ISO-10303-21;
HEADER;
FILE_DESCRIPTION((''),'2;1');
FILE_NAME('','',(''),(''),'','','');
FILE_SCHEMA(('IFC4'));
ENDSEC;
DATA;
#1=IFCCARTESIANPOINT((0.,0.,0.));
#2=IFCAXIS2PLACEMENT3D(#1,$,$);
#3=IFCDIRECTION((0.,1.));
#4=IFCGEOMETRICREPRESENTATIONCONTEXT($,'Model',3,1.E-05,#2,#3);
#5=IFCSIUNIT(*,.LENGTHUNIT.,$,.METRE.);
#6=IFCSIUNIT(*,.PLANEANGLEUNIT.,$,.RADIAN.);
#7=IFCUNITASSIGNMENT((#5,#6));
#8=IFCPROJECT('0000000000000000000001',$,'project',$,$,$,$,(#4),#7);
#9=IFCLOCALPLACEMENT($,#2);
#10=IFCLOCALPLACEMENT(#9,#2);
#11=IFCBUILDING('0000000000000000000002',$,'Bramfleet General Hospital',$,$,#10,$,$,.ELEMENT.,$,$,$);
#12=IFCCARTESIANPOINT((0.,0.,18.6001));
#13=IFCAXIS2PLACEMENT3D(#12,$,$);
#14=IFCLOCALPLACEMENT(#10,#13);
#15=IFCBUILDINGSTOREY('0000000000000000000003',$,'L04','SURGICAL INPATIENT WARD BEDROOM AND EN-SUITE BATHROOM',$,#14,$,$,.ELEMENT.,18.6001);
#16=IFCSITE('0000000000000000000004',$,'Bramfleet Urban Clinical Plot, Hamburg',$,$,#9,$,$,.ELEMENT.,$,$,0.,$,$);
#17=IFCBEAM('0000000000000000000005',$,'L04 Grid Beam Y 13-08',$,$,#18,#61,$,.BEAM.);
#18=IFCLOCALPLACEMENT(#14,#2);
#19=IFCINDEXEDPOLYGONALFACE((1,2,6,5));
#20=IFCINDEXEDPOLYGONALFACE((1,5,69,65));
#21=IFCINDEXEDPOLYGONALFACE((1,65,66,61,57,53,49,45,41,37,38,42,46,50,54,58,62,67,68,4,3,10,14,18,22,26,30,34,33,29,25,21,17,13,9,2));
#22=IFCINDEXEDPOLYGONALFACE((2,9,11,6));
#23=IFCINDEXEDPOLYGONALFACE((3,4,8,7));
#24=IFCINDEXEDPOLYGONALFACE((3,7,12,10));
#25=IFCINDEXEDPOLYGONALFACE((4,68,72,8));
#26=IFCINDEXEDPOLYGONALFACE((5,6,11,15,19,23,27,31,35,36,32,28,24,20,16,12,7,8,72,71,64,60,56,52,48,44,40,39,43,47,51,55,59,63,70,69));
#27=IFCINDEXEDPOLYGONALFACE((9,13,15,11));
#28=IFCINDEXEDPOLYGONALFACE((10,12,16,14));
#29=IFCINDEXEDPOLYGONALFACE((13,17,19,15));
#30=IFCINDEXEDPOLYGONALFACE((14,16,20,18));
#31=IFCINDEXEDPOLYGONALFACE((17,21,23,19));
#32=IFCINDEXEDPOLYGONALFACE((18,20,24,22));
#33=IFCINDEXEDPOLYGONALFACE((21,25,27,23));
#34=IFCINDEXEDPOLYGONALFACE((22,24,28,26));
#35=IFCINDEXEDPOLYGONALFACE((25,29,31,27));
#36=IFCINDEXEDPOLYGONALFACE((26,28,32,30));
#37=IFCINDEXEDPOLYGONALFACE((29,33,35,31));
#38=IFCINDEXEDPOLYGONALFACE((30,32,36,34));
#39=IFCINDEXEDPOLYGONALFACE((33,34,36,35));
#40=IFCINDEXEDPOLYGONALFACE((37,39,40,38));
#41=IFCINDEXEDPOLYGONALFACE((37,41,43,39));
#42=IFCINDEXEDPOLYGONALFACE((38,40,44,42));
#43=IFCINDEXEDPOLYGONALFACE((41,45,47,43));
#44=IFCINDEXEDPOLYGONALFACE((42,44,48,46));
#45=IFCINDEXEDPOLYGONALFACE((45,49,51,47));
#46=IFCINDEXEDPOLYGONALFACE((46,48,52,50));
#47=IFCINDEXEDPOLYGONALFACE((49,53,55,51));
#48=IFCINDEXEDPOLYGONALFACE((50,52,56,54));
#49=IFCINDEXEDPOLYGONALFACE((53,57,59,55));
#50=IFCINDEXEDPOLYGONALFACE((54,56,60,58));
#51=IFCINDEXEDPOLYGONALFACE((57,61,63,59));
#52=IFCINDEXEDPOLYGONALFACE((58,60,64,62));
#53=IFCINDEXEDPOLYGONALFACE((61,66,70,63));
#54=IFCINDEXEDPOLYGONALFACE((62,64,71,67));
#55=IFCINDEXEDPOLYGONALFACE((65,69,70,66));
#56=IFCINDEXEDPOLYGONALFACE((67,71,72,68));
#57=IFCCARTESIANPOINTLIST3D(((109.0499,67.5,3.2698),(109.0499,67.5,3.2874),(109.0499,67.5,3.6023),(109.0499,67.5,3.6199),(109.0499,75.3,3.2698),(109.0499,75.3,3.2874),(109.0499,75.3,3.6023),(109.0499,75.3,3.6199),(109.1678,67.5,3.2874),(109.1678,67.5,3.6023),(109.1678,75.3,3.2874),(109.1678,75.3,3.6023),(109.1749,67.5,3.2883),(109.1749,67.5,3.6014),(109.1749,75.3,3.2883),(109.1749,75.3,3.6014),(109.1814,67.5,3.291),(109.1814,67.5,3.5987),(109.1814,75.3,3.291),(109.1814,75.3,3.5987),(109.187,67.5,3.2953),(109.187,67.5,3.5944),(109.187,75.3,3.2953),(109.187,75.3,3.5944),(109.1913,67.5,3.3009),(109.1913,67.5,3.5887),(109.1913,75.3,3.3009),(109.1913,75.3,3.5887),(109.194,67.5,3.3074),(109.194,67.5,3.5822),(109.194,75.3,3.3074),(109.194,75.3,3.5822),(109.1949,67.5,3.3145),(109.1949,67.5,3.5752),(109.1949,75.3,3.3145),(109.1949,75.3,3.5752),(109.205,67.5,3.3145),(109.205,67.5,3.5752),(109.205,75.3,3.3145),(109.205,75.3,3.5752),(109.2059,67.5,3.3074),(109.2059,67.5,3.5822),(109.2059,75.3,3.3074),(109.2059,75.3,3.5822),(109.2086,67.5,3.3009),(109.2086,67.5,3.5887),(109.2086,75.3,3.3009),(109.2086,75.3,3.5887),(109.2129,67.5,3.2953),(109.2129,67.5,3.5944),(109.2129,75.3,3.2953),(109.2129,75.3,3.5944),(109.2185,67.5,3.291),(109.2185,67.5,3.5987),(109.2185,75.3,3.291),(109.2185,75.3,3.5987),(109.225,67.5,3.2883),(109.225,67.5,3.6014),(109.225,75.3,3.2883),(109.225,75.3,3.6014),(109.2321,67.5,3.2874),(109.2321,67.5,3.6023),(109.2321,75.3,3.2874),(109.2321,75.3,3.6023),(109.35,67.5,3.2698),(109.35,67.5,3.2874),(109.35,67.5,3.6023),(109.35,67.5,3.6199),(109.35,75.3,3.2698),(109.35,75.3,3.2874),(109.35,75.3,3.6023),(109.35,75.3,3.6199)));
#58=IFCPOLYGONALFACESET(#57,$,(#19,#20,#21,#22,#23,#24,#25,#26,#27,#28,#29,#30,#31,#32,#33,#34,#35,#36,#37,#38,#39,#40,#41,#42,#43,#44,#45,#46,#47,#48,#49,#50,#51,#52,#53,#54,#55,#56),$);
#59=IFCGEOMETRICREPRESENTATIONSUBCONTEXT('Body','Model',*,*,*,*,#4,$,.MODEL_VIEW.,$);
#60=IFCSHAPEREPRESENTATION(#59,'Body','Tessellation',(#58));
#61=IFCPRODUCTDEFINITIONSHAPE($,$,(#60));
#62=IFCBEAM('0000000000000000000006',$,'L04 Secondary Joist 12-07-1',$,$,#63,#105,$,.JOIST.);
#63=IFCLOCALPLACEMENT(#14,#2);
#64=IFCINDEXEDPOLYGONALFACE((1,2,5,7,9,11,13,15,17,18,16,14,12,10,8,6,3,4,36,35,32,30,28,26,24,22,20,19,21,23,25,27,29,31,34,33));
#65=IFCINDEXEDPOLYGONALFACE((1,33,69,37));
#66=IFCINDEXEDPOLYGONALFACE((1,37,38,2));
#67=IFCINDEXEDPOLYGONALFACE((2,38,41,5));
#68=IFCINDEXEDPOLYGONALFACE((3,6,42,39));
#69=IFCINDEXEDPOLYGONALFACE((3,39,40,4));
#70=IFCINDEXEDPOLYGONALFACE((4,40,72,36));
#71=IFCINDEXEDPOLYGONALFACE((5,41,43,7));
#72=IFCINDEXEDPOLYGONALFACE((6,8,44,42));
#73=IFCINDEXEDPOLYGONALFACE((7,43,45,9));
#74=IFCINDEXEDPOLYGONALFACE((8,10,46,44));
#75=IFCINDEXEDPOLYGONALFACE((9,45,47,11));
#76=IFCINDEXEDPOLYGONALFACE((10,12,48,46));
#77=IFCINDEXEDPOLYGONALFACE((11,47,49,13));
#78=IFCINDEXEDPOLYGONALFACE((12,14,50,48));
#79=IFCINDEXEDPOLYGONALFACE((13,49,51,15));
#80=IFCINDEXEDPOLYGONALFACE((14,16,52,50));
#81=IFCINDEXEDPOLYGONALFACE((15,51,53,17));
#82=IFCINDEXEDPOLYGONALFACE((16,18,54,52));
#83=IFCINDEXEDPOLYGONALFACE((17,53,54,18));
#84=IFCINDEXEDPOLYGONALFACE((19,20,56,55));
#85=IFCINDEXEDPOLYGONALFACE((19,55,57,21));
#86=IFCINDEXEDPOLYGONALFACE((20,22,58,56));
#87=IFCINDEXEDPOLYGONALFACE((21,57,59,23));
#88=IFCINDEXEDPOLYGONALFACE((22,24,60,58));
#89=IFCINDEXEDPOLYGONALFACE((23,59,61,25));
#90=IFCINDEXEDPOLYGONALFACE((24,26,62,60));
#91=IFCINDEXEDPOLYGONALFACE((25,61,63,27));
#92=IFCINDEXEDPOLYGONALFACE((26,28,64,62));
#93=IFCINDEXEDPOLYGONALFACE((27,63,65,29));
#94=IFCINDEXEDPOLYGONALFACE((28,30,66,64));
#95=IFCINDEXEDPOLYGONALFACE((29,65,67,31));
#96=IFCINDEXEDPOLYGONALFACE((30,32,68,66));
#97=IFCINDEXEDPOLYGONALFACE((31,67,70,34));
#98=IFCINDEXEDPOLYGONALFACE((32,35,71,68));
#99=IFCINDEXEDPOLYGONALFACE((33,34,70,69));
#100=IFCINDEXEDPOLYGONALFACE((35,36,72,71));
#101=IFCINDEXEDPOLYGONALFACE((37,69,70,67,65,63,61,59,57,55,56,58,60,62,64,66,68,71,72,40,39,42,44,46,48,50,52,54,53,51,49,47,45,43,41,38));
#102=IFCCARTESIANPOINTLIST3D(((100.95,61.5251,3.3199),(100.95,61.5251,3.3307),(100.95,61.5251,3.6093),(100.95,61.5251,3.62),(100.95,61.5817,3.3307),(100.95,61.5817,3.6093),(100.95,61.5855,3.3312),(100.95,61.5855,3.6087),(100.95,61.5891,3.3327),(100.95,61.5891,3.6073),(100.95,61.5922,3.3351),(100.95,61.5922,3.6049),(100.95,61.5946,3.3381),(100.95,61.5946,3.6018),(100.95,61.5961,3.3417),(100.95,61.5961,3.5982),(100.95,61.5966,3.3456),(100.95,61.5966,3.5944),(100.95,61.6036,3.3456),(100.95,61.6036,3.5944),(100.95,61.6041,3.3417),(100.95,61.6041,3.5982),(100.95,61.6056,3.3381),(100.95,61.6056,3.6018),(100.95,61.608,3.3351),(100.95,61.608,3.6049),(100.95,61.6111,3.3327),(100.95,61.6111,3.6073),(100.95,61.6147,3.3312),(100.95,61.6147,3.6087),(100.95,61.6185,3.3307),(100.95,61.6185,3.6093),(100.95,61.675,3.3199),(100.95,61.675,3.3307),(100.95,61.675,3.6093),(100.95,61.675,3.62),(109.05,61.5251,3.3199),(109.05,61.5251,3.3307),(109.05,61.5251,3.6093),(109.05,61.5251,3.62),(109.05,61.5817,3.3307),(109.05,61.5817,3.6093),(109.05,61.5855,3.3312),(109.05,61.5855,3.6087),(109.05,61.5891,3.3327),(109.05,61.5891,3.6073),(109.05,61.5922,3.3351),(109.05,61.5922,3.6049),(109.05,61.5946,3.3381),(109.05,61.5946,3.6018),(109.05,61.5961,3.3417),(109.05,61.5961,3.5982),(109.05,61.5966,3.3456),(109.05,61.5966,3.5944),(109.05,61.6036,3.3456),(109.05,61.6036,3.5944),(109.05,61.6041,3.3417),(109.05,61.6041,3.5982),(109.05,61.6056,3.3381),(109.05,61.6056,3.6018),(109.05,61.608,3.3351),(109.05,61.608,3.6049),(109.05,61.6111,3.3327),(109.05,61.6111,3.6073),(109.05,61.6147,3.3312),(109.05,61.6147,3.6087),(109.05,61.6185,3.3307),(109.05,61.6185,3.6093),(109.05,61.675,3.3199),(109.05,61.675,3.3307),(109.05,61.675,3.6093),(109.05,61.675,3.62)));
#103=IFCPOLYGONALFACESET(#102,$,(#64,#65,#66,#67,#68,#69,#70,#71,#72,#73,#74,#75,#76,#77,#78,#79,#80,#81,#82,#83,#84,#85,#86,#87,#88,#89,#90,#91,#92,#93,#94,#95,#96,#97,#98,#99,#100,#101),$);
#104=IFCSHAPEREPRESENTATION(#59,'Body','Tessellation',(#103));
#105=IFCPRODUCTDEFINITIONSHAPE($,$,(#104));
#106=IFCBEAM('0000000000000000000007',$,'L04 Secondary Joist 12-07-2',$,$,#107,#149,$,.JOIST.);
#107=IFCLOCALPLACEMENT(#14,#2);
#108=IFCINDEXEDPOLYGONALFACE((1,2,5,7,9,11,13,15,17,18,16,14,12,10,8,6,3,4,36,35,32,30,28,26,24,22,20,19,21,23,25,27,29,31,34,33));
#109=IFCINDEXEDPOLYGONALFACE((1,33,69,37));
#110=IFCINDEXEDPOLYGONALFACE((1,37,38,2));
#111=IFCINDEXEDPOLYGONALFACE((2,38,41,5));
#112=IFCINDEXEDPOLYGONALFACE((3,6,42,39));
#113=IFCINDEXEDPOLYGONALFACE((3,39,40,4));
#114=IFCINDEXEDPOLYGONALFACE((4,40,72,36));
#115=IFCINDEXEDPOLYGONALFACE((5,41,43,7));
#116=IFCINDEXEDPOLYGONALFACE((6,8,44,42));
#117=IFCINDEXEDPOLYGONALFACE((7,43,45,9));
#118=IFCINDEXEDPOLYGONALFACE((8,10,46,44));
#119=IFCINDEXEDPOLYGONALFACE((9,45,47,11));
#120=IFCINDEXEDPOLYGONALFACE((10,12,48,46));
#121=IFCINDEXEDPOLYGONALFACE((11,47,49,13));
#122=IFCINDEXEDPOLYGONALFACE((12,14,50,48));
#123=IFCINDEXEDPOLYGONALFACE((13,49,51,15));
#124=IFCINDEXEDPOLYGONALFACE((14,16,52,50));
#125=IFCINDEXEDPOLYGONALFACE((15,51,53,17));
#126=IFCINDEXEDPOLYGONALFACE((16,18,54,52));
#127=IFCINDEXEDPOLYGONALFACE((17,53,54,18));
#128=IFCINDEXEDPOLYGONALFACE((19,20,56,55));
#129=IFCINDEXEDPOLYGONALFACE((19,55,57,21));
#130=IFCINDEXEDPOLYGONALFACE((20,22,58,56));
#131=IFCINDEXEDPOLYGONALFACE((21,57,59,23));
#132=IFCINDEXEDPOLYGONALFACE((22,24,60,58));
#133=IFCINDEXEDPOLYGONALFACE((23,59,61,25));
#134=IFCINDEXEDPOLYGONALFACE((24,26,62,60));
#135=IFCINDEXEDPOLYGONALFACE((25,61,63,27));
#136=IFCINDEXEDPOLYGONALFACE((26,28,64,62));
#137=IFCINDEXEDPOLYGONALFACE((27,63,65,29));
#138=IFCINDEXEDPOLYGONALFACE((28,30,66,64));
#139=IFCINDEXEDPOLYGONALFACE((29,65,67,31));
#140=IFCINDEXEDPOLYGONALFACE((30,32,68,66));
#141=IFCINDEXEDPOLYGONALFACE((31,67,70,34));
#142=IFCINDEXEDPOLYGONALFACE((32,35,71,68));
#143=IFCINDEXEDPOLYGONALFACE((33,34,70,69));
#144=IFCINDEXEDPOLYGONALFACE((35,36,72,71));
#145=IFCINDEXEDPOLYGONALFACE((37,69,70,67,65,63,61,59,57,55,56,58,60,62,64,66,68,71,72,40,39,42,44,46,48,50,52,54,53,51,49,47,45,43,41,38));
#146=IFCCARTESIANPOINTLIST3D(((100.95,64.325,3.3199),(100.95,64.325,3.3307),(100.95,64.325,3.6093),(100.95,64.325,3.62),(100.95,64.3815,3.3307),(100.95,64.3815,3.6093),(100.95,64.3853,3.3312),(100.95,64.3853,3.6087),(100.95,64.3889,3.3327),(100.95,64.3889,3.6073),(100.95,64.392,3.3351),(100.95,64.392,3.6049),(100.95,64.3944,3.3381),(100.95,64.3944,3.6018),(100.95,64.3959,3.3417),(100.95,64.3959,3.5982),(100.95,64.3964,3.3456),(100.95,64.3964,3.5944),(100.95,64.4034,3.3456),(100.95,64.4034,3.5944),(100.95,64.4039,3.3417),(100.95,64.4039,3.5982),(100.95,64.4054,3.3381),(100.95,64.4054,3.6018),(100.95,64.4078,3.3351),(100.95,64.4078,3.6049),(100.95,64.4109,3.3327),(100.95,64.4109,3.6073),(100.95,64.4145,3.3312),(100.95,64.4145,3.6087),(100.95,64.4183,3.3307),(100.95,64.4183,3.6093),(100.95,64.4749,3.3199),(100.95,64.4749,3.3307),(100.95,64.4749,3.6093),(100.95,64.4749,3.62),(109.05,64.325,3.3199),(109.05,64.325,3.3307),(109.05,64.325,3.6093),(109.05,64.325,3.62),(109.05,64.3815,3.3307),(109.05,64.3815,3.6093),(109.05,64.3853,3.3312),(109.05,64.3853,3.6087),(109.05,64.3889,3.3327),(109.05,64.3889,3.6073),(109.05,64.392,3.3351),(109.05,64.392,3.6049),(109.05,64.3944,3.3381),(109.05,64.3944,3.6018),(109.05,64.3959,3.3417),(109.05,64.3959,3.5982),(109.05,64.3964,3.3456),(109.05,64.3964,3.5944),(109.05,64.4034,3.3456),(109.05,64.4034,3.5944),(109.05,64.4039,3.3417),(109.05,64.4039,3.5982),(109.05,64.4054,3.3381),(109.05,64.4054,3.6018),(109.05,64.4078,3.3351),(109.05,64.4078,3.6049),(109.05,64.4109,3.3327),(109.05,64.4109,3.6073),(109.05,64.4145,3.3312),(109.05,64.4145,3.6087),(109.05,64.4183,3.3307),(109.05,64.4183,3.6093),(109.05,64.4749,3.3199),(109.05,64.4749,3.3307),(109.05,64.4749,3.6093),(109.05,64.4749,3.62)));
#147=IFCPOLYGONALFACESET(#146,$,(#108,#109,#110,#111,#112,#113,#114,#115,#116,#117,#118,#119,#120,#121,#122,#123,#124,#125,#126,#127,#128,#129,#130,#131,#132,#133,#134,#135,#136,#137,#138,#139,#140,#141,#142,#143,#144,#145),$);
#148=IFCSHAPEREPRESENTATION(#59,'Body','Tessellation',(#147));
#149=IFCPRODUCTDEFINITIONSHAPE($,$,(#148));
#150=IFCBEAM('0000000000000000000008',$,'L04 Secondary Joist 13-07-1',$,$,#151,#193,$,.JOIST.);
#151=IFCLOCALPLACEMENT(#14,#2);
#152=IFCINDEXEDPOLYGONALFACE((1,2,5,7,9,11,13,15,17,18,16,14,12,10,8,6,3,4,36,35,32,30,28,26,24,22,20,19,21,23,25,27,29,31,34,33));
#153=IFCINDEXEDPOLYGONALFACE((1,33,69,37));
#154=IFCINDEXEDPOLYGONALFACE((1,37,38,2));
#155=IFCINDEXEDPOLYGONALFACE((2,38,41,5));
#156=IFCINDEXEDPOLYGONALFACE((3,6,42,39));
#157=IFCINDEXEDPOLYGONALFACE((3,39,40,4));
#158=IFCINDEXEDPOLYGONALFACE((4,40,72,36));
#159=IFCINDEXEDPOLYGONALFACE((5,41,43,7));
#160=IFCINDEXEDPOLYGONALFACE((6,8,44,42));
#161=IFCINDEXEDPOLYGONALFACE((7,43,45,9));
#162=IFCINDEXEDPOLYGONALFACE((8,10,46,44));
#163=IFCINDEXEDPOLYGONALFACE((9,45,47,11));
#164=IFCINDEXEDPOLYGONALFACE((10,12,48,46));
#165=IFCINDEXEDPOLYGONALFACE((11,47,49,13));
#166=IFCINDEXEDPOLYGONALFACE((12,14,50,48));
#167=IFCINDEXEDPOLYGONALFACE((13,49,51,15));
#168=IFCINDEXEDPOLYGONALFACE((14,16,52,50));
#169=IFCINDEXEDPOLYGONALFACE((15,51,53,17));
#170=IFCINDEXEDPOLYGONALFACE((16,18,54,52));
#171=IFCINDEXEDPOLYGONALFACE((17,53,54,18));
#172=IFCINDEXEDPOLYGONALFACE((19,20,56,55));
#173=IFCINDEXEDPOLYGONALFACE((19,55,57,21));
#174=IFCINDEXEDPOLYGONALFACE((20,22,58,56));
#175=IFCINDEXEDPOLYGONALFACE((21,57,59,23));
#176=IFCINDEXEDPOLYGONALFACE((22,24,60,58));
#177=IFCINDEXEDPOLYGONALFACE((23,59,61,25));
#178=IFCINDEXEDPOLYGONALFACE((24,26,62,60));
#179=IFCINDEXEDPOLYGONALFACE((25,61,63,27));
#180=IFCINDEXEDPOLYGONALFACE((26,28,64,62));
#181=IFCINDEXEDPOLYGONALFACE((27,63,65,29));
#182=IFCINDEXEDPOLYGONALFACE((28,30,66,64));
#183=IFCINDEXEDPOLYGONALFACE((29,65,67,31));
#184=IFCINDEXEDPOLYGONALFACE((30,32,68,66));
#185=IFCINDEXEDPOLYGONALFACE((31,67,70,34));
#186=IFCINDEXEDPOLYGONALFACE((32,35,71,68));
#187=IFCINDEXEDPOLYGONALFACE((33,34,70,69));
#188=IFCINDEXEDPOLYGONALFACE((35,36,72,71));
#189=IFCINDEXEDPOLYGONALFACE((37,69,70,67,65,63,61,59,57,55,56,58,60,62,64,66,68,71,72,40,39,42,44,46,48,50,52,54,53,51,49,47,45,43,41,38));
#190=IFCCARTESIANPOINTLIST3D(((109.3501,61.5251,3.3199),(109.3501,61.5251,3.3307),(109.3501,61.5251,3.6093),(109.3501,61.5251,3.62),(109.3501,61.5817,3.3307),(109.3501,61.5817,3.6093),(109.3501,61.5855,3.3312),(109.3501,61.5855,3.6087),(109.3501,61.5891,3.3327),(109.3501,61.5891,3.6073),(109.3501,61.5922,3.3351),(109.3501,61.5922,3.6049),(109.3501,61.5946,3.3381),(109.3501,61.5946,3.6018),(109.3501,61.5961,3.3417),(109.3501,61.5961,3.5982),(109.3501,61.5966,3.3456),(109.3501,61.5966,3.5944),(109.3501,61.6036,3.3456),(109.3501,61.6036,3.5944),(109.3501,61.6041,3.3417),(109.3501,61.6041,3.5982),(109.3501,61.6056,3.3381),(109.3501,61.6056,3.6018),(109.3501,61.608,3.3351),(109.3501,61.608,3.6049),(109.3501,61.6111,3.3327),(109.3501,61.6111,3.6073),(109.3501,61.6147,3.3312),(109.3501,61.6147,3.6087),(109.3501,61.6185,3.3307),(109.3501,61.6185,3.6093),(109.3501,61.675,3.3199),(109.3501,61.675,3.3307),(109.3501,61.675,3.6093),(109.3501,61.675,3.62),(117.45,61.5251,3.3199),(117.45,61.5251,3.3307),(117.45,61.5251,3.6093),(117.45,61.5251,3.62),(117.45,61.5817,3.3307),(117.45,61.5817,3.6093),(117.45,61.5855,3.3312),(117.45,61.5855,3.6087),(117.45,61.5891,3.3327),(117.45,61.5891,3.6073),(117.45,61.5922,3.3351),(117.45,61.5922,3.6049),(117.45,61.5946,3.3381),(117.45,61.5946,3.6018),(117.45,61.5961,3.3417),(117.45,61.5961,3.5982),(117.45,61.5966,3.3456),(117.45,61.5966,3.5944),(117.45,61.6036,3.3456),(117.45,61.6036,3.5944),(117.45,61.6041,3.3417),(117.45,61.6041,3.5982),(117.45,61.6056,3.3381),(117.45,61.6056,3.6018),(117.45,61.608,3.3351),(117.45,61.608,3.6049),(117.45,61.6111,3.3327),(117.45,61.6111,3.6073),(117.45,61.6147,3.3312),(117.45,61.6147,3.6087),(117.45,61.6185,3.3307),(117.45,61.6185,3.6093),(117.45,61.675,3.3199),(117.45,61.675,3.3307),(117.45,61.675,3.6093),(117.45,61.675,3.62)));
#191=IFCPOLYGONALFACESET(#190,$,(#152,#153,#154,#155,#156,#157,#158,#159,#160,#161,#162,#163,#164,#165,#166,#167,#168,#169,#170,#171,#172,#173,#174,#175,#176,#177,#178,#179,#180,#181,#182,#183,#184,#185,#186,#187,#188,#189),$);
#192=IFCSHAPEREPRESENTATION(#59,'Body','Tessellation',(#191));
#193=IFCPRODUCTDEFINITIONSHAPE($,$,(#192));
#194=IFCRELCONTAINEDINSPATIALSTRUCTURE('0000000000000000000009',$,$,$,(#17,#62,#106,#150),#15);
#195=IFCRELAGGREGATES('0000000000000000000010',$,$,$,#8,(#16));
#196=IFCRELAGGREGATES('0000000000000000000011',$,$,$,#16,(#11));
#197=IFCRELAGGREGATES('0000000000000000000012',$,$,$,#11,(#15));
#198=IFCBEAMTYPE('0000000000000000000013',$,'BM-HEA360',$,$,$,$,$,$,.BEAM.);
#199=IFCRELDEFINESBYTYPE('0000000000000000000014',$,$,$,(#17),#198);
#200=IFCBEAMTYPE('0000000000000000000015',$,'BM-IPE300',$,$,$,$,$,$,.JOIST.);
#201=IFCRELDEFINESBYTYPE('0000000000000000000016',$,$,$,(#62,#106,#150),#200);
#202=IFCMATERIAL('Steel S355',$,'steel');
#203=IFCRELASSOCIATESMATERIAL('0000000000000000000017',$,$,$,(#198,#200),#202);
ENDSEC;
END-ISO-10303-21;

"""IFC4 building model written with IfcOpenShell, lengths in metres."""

from ifc_helpers import new_model, si_unit, direction, frame, origin, origin_2d, place, context, subcontext, project, spatial, i_section, extrude, material, material_profile, profile_set, type_object, element, save


model = new_model("IFC4")

# Units and contexts
model_context = context("Model", 3, precision=1e-05, world=origin(), true_north=direction((0.0, 1.0)))
body_context = subcontext(model_context, "Body", "Model", "MODEL_VIEW")
ifc_project = project(units=[si_unit("LENGTHUNIT", "METRE"), si_unit("PLANEANGLEUNIT", "RADIAN")], contexts=[model_context])

# Site, building, storey
site_placement = place(None, origin())
site = spatial("IfcSite", under=ifc_project, at=site_placement, Name="Bramfleet Urban Clinical Plot, Hamburg", CompositionType="ELEMENT", RefElevation=0.0)
building_placement = place(site_placement, origin())
building = spatial("IfcBuilding", under=site, at=building_placement, Name="Bramfleet General Hospital", CompositionType="ELEMENT")
storey_placement = place(building_placement, frame((0.0, 0.0, 18.6001)))
storey = spatial("IfcBuildingStorey", under=building, at=storey_placement, Name="L04", Description="SURGICAL INPATIENT WARD BEDROOM AND EN-SUITE BATHROOM", CompositionType="ELEMENT", Elevation=18.6001)

# Beams
ifc_material_1 = material(Name="Steel S355", Category="steel")
ifc_material_profile_1 = material_profile(ifc_material_1, i_section(OverallWidth=0.3, OverallDepth=0.3501, WebThickness=0.01, FlangeThickness=0.0176, FilletRadius=0.0271, at=origin_2d()), Name="HEA 360")
ifc_profile_set_1 = profile_set([ifc_material_profile_1], Name="Steel S355")
beam_type_1 = type_object("IfcBeamType", Name="BM-HEA360", PredefinedType="BEAM", material=ifc_profile_set_1)
beam_1_placement = place(storey_placement, frame((109.2, 67.5, 3.4448), z_axis=(0.0, 1.0, 0.0), x_axis=(-1.0, 0.0, 0.0)))
element("IfcBeam", 1, at=beam_1_placement, inside=storey, type_object=beam_type_1, Name="L04 Grid Beam Y 13-08", PredefinedType="BEAM", context=body_context, shape_type="SweptSolid", body=[
    extrude(i_section(OverallWidth=0.3, OverallDepth=0.3501, WebThickness=0.01, FlangeThickness=0.0176, FilletRadius=0.0271, at=origin_2d()), origin(), (0.0, 0.0, 1.0), 7.8),
])
ifc_material_profile_2 = material_profile(ifc_material_1, i_section(OverallWidth=0.1499, OverallDepth=0.3, WebThickness=0.0071, FlangeThickness=0.0107, FilletRadius=0.0149, at=origin_2d()), Name="IPE 300")
ifc_profile_set_2 = profile_set([ifc_material_profile_2], Name="Steel S355")
beam_type_2 = type_object("IfcBeamType", Name="BM-IPE300", PredefinedType="JOIST", material=ifc_profile_set_2)
for number, where, z_axis, x_axis, name in (
    (2, (100.95, 61.6001, 3.47), (1.0, 0.0, 0.0), (0.0, 1.0, 0.0), "L04 Secondary Joist 12-07-1"),
    (3, (100.95, 64.3999, 3.47), (1.0, 0.0, 0.0), (0.0, 1.0, 0.0), "L04 Secondary Joist 12-07-2"),
):
    element("IfcBeam", number, at=place(storey_placement, frame(where, z_axis=z_axis, x_axis=x_axis)), inside=storey, type_object=beam_type_2, Name=name, PredefinedType="JOIST", context=body_context, shape_type="SweptSolid", body=[
        extrude(i_section(OverallWidth=0.1499, OverallDepth=0.3, WebThickness=0.0071, FlangeThickness=0.0107, FilletRadius=0.0149, at=origin_2d()), origin(), (0.0, 0.0, 1.0), 8.1001),
    ])
for number, where, z_axis, x_axis, name in (
    (4, (109.3501, 61.6001, 3.47), (1.0, 0.0, 0.0), (0.0, 1.0, 0.0), "L04 Secondary Joist 13-07-1"),
):
    element("IfcBeam", number, at=place(storey_placement, frame(where, z_axis=z_axis, x_axis=x_axis)), inside=storey, type_object=beam_type_2, Name=name, PredefinedType="JOIST", context=body_context, shape_type="SweptSolid", body=[
        extrude(i_section(OverallWidth=0.1499, OverallDepth=0.3, WebThickness=0.0071, FlangeThickness=0.0107, FilletRadius=0.0149, at=origin_2d()), origin(), (0.0, 0.0, 1.0), 8.0999),
    ])

save(model, "model.ifc")
